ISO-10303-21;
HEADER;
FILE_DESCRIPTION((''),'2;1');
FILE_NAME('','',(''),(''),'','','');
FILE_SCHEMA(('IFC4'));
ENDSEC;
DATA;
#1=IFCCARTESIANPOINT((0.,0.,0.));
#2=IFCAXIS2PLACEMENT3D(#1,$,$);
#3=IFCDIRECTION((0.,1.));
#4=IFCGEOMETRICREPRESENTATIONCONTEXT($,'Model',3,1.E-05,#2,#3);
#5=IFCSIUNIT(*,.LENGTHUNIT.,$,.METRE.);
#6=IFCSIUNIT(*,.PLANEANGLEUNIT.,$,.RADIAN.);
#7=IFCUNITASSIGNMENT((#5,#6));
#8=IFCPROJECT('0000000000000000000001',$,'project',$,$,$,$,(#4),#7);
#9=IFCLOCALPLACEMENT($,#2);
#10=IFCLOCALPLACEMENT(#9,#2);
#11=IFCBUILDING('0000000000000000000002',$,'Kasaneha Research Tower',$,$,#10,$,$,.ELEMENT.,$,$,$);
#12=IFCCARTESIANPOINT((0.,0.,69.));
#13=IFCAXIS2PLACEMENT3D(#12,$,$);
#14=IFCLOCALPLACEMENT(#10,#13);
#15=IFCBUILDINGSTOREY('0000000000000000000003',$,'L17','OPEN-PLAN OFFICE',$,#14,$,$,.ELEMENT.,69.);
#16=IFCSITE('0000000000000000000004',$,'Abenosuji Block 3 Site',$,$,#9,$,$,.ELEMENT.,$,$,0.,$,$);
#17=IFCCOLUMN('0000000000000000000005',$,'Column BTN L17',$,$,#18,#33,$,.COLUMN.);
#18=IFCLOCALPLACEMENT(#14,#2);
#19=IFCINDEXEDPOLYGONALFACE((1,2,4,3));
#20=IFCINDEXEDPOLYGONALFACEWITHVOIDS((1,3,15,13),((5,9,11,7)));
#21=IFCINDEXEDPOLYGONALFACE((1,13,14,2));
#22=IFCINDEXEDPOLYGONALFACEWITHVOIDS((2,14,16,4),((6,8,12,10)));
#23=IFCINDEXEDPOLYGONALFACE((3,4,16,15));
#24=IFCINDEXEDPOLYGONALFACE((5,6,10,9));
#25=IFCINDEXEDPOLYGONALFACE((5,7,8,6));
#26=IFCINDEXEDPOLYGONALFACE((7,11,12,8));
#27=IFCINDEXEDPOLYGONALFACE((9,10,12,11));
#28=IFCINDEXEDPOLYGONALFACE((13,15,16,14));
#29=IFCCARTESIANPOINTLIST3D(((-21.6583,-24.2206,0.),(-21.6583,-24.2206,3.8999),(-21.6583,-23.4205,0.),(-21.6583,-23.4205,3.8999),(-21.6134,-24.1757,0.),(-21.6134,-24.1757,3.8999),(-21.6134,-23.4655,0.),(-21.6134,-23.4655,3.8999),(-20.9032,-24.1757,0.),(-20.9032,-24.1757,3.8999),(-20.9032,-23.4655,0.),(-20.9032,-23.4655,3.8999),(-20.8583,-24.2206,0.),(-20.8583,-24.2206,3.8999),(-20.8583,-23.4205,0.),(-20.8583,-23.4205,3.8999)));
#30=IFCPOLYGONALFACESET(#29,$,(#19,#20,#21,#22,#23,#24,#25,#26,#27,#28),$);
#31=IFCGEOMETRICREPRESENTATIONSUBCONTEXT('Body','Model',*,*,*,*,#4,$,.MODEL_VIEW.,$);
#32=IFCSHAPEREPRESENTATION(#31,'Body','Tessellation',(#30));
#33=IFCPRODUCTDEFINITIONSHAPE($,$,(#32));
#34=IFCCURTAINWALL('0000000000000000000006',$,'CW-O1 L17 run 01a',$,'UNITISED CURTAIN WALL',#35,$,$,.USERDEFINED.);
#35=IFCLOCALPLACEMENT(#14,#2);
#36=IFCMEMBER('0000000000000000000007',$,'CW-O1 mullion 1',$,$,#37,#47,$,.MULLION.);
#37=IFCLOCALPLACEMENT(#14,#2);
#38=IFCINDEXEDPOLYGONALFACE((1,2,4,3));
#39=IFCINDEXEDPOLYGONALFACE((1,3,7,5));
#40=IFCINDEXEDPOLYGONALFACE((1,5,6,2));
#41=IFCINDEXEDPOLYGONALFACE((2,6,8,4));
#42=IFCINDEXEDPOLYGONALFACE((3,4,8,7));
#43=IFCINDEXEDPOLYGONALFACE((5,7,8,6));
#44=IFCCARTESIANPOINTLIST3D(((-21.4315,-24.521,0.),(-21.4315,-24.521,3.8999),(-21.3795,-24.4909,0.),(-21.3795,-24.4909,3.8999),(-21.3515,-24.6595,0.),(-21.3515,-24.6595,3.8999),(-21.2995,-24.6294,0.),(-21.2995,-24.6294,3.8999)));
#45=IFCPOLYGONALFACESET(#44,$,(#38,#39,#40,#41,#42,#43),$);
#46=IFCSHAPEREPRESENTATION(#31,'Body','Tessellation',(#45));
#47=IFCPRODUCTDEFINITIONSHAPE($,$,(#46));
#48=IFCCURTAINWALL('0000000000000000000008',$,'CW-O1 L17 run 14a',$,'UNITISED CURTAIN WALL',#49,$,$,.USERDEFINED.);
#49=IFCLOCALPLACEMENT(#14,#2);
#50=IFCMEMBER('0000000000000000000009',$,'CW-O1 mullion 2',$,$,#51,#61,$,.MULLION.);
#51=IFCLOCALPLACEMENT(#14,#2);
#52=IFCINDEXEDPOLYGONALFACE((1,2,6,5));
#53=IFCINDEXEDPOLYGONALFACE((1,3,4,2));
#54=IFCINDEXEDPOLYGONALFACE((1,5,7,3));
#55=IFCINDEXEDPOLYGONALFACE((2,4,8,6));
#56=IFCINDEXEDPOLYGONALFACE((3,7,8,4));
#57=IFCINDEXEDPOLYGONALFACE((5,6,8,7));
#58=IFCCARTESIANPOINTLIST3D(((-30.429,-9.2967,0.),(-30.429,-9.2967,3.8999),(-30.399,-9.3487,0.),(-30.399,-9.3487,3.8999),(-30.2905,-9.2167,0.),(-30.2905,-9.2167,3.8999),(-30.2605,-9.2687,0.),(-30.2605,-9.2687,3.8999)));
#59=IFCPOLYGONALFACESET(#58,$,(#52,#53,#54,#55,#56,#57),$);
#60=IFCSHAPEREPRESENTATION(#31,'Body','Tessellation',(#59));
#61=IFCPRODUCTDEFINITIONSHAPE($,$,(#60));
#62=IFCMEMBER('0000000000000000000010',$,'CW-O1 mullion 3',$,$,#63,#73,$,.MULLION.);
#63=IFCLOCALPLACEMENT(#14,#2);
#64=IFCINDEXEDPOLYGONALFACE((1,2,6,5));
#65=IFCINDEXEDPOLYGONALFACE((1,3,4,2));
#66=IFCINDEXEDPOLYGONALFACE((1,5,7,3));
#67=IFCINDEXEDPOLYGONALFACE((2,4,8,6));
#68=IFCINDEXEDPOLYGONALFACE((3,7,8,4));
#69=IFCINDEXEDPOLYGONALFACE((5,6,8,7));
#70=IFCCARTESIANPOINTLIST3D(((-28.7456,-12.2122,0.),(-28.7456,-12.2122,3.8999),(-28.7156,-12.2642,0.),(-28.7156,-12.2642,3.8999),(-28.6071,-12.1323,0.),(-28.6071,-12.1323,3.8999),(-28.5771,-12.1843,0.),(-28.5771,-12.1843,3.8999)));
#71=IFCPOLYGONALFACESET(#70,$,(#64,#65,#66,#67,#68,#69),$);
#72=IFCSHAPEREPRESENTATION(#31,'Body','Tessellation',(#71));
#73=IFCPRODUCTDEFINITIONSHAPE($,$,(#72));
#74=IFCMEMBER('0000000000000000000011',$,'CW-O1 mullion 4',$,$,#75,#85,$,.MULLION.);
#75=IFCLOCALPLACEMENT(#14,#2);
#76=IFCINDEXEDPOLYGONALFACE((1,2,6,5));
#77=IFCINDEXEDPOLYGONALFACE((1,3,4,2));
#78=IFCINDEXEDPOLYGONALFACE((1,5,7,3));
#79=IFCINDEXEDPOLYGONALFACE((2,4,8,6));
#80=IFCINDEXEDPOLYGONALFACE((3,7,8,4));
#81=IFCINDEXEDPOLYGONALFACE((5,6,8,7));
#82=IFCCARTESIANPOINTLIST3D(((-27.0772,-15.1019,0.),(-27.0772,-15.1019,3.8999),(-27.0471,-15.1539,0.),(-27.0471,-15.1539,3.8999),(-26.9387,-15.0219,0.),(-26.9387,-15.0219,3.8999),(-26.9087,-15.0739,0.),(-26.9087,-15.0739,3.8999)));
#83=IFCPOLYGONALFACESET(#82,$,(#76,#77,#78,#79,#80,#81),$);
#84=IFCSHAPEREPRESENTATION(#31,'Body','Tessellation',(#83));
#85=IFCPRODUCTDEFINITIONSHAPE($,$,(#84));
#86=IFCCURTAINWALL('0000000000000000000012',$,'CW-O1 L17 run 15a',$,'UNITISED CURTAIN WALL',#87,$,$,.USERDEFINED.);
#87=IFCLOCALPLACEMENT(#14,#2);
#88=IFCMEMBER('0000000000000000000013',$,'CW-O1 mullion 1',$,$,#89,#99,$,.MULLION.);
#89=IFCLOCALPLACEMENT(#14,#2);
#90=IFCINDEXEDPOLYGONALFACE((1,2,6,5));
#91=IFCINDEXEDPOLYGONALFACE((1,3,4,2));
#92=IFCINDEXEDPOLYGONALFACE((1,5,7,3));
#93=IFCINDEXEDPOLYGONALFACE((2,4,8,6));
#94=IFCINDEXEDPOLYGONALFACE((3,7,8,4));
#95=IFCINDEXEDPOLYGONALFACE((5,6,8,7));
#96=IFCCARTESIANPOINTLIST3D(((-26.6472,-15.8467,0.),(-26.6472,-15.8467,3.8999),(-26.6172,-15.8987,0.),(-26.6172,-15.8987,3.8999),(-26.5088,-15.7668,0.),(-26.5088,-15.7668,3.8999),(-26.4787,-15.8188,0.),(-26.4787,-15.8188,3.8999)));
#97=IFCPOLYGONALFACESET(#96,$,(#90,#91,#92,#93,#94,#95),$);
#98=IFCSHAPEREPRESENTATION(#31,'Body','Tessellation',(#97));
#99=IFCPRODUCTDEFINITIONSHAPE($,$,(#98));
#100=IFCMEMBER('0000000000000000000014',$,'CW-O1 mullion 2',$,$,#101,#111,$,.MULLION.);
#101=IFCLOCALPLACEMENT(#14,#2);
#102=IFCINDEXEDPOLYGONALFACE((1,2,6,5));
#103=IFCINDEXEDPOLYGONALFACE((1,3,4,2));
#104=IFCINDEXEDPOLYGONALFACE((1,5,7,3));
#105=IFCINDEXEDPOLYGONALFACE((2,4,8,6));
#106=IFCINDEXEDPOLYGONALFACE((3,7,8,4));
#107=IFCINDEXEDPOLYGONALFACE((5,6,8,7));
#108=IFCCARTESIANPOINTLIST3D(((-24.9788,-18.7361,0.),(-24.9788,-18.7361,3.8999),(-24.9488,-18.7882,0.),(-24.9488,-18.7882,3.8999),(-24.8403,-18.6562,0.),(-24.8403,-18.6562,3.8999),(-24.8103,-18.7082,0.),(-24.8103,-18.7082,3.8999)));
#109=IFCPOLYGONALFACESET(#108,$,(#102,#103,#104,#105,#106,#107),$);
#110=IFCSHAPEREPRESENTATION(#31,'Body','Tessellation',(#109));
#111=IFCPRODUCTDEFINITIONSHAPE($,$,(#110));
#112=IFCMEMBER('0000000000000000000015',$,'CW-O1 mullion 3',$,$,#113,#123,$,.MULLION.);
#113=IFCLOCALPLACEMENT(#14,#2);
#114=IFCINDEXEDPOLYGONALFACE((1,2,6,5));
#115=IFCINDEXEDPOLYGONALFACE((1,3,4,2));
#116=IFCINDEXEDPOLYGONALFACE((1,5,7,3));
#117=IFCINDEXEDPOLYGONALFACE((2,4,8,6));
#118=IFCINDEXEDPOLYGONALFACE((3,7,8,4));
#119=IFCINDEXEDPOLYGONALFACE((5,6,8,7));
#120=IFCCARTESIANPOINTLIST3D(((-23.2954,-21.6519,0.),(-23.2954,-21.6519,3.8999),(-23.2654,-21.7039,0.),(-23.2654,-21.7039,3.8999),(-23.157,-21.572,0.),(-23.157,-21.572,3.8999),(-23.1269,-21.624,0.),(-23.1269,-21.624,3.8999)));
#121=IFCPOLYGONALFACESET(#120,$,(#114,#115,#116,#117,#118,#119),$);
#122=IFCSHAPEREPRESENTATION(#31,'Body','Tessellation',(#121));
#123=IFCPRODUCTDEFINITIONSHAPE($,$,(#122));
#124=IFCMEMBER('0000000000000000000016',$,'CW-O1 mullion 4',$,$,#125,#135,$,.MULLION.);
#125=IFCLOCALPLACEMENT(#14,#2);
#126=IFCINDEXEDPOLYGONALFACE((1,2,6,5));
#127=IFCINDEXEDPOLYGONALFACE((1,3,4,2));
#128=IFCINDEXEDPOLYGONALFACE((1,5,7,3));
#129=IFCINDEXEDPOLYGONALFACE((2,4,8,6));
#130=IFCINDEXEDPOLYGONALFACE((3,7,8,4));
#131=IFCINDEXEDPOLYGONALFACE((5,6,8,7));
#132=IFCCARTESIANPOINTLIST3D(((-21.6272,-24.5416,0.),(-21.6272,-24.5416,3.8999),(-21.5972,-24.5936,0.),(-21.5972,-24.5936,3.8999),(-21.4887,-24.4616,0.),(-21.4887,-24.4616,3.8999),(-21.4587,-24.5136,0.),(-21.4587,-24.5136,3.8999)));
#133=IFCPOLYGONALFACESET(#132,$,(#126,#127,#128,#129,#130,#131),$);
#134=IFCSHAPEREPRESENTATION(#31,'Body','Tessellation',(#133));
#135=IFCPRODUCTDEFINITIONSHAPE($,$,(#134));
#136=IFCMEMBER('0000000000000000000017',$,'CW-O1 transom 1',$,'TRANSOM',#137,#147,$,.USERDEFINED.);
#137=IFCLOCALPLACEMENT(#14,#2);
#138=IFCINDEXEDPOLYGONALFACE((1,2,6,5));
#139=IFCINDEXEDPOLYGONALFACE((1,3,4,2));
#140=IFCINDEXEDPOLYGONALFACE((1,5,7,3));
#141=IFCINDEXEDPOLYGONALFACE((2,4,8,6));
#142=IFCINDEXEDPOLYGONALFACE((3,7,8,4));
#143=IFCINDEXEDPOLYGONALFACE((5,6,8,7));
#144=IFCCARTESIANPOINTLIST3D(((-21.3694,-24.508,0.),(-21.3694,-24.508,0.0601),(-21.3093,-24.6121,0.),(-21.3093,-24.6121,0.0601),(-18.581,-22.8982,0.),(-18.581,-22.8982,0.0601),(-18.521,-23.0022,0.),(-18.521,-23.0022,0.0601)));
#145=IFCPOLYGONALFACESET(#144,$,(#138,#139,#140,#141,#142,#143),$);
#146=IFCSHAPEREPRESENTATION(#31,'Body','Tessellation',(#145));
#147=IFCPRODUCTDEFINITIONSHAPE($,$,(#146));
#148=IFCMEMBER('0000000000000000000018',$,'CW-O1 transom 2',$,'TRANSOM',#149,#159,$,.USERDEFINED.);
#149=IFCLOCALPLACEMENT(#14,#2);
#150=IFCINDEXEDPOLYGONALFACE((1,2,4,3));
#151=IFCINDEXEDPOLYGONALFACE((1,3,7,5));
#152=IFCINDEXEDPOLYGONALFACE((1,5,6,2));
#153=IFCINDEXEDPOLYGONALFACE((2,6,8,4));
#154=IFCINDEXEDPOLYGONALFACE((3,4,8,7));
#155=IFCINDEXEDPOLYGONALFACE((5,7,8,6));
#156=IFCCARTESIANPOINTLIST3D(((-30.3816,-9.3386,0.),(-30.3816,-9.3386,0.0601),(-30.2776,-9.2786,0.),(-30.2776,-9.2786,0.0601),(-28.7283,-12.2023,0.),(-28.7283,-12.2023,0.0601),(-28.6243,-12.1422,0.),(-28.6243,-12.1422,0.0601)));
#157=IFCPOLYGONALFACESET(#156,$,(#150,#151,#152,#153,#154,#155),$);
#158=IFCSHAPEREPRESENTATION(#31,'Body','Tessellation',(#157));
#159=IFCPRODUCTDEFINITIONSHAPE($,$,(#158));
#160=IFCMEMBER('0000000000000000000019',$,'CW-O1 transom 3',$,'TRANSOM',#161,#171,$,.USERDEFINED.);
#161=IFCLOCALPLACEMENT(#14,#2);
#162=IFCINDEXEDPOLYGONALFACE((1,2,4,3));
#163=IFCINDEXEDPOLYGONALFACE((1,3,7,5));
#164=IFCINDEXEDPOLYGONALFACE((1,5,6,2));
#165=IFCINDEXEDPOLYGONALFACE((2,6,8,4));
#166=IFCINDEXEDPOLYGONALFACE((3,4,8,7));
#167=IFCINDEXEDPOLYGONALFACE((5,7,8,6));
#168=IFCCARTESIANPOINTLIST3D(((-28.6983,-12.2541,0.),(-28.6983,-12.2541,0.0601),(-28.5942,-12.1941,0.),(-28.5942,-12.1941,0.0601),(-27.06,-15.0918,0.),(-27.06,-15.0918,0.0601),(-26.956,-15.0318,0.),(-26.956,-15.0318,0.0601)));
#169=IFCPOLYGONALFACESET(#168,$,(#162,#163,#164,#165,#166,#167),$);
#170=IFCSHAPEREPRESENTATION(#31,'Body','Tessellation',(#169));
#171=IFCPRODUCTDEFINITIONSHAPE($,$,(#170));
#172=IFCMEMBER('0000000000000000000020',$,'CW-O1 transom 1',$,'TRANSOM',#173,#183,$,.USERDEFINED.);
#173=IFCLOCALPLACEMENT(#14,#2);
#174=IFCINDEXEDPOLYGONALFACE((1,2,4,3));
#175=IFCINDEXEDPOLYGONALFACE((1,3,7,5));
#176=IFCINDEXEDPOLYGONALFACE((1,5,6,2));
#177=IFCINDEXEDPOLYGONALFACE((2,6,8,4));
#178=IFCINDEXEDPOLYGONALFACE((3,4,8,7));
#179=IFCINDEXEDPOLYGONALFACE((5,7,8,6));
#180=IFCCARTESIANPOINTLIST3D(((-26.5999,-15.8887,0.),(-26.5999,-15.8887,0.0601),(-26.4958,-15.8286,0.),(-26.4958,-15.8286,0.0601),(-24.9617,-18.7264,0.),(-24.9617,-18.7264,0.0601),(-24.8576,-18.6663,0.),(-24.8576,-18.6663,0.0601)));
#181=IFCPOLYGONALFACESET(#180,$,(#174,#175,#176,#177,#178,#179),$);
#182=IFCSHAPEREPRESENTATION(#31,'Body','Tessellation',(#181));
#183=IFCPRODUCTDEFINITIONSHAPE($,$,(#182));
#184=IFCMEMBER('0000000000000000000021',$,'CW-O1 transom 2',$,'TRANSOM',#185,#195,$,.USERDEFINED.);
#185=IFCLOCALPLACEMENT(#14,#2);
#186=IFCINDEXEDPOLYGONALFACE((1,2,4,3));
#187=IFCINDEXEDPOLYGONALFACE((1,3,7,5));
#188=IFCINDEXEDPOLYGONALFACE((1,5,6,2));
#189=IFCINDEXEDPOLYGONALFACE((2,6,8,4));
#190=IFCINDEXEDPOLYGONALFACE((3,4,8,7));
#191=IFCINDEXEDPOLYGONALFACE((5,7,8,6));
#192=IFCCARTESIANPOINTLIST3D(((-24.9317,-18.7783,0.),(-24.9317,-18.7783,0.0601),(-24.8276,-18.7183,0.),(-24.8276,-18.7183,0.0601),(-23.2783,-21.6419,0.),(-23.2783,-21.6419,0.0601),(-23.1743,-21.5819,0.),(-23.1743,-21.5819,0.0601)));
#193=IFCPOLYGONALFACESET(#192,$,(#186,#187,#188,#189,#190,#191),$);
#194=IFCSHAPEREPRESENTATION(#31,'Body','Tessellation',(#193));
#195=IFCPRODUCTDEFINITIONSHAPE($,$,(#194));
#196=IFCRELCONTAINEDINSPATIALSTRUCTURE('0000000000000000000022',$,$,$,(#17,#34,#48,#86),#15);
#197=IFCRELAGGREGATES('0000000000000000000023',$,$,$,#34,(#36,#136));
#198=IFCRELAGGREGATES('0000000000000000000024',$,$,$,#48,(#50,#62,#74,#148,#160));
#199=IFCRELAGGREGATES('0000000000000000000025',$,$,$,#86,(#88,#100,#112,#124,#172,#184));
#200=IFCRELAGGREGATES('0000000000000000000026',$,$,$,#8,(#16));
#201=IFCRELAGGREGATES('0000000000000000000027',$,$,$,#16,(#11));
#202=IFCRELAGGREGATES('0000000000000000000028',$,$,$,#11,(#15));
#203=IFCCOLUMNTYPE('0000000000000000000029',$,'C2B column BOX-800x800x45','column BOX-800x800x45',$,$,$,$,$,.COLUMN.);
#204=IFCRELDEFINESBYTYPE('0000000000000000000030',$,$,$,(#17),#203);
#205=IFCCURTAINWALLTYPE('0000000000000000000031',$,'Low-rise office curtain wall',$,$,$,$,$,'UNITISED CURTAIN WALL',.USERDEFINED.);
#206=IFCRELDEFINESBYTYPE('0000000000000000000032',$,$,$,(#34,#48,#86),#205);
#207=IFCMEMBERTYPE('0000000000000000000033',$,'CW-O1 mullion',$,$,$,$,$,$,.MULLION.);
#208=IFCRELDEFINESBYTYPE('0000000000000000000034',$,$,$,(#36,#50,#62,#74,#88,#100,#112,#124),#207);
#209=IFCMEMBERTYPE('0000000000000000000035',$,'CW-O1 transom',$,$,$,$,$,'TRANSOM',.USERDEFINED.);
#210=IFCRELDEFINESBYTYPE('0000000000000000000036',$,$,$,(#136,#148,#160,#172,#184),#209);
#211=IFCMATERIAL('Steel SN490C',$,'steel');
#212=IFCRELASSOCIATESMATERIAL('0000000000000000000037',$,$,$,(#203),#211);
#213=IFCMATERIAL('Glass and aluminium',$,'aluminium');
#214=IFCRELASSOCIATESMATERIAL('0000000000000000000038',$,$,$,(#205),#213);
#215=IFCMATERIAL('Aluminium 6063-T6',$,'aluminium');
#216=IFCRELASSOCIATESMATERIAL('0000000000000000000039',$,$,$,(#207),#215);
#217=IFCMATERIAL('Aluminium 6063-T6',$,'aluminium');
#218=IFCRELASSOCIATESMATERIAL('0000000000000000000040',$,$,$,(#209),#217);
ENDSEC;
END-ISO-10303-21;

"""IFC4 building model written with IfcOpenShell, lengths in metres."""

from ifc_helpers import new_model, si_unit, direction, frame, origin, origin_2d, place, context, subcontext, project, spatial, rectangle, hollow_rectangle, extrude, material, material_profile, profile_set, type_object, element, aggregate, save


model = new_model("IFC4")

# Units and contexts
model_context = context("Model", 3, precision=1e-05, world=origin(), true_north=direction((0.0, 1.0)))
body_context = subcontext(model_context, "Body", "Model", "MODEL_VIEW")
ifc_project = project(units=[si_unit("LENGTHUNIT", "METRE"), si_unit("PLANEANGLEUNIT", "RADIAN")], contexts=[model_context])

# Site, building, storey
site_placement = place(None, origin())
site = spatial("IfcSite", under=ifc_project, at=site_placement, Name="Abenosuji Block 3 Site", CompositionType="ELEMENT", RefElevation=0.0)
building_placement = place(site_placement, origin())
building = spatial("IfcBuilding", under=site, at=building_placement, Name="Kasaneha Research Tower", CompositionType="ELEMENT")
storey_placement = place(building_placement, frame((0.0, 0.0, 69.0)))
storey = spatial("IfcBuildingStorey", under=building, at=storey_placement, Name="L17", Description="OPEN-PLAN OFFICE", CompositionType="ELEMENT", Elevation=69.0)

# Column
ifc_material_1 = material(Name="Steel SN490C", Category="steel")
ifc_material_profile_1 = material_profile(ifc_material_1, hollow_rectangle(XDim=0.8, YDim=0.8, WallThickness=0.0449, at=origin_2d()), Name="BOX-800x800x45")
ifc_profile_set_1 = profile_set([ifc_material_profile_1], Name="Steel SN490C")
column_type = type_object("IfcColumnType", Name="C2B column BOX-800x800x45", Description="column BOX-800x800x45", PredefinedType="COLUMN", material=ifc_profile_set_1)
column_placement = place(storey_placement, frame((-21.2583, -23.8206, 0.0), z_axis=(0.0, 0.0, 1.0), x_axis=(1.0, 0.0, 0.0)))
element("IfcColumn", 1, at=column_placement, inside=storey, type_object=column_type, Name="Column BTN L17", PredefinedType="COLUMN", context=body_context, shape_type="SweptSolid", body=[
    extrude(hollow_rectangle(XDim=0.8, YDim=0.8, WallThickness=0.0449, at=origin_2d()), origin(), (0.0, 0.0, 1.0), 3.8999),
])

# Curtain wall, member
ifc_material_2 = material(Name="Glass and aluminium", Category="aluminium")
curtain_wall_type = type_object("IfcCurtainWallType", Name="Low-rise office curtain wall", ElementType="UNITISED CURTAIN WALL", PredefinedType="USERDEFINED", material=ifc_material_2)
curtain_wall_1_placement = place(storey_placement, origin())
curtain_wall_1 = element("IfcCurtainWall", 2, at=curtain_wall_1_placement, inside=storey, type_object=curtain_wall_type, Name="CW-O1 L17 run 01a", ObjectType="UNITISED CURTAIN WALL", PredefinedType="USERDEFINED")
ifc_material_3 = material(Name="Aluminium 6063-T6", Category="aluminium")
ifc_material_profile_2 = material_profile(ifc_material_3, rectangle(XDim=0.0601, YDim=0.1599, at=origin_2d()), Name="CW-O1 mullion 60x160")
ifc_profile_set_2 = profile_set([ifc_material_profile_2], Name="Aluminium 6063-T6")
member_type_1 = type_object("IfcMemberType", Name="CW-O1 mullion", PredefinedType="MULLION", material=ifc_profile_set_2)
member_1_placement = place(storey_placement, frame((-21.3655, -24.5752, 0.0), z_axis=(0.0, 0.0, 1.0), x_axis=(0.866025, 0.5, 0.0)))
member_1 = element("IfcMember", 3, at=member_1_placement, type_object=member_type_1, Name="CW-O1 mullion 1", PredefinedType="MULLION", context=body_context, shape_type="SweptSolid", body=[
    extrude(rectangle(XDim=0.0601, YDim=0.1599, at=origin_2d()), origin(), (0.0, 0.0, 1.0), 3.8999),
])

# Curtain walls, members
curtain_wall_2_placement = place(storey_placement, origin())
curtain_wall_2 = element("IfcCurtainWall", 4, at=curtain_wall_2_placement, inside=storey, type_object=curtain_wall_type, Name="CW-O1 L17 run 14a", ObjectType="UNITISED CURTAIN WALL", PredefinedType="USERDEFINED")
member_2_placement = place(storey_placement, frame((-30.3447, -9.2827, 0.0), z_axis=(0.0, 0.0, 1.0), x_axis=(0.5, -0.866025, 0.0)))
member_2 = element("IfcMember", 5, at=member_2_placement, type_object=member_type_1, Name="CW-O1 mullion 2", PredefinedType="MULLION", context=body_context, shape_type="SweptSolid", body=[
    extrude(rectangle(XDim=0.0601, YDim=0.1599, at=origin_2d()), origin(), (0.0, 0.0, 1.0), 3.8999),
])
member_3_placement = place(storey_placement, frame((-28.6614, -12.1982, 0.0), z_axis=(0.0, 0.0, 1.0), x_axis=(0.5, -0.866025, 0.0)))
member_3 = element("IfcMember", 6, at=member_3_placement, type_object=member_type_1, Name="CW-O1 mullion 3", PredefinedType="MULLION", context=body_context, shape_type="SweptSolid", body=[
    extrude(rectangle(XDim=0.0601, YDim=0.1599, at=origin_2d()), origin(), (0.0, 0.0, 1.0), 3.8999),
])
member_4_placement = place(storey_placement, frame((-26.9929, -15.0879, 0.0), z_axis=(0.0, 0.0, 1.0), x_axis=(0.5, -0.866025, 0.0)))
member_4 = element("IfcMember", 7, at=member_4_placement, type_object=member_type_1, Name="CW-O1 mullion 4", PredefinedType="MULLION", context=body_context, shape_type="SweptSolid", body=[
    extrude(rectangle(XDim=0.0601, YDim=0.1599, at=origin_2d()), origin(), (0.0, 0.0, 1.0), 3.8999),
])
curtain_wall_3_placement = place(storey_placement, origin())
curtain_wall_3 = element("IfcCurtainWall", 8, at=curtain_wall_3_placement, inside=storey, type_object=curtain_wall_type, Name="CW-O1 L17 run 15a", ObjectType="UNITISED CURTAIN WALL", PredefinedType="USERDEFINED")
member_5_placement = place(storey_placement, frame((-26.563, -15.8328, 0.0), z_axis=(0.0, 0.0, 1.0), x_axis=(0.5, -0.866025, 0.0)))
member_5 = element("IfcMember", 9, at=member_5_placement, type_object=member_type_1, Name="CW-O1 mullion 1", PredefinedType="MULLION", context=body_context, shape_type="SweptSolid", body=[
    extrude(rectangle(XDim=0.0601, YDim=0.1599, at=origin_2d()), origin(), (0.0, 0.0, 1.0), 3.8999),
])
member_6_placement = place(storey_placement, frame((-24.8945, -18.7222, 0.0), z_axis=(0.0, 0.0, 1.0), x_axis=(0.5, -0.866025, 0.0)))
member_6 = element("IfcMember", 10, at=member_6_placement, type_object=member_type_1, Name="CW-O1 mullion 2", PredefinedType="MULLION", context=body_context, shape_type="SweptSolid", body=[
    extrude(rectangle(XDim=0.0601, YDim=0.1599, at=origin_2d()), origin(), (0.0, 0.0, 1.0), 3.8999),
])
member_7_placement = place(storey_placement, frame((-23.2112, -21.6379, 0.0), z_axis=(0.0, 0.0, 1.0), x_axis=(0.5, -0.866025, 0.0)))
member_7 = element("IfcMember", 11, at=member_7_placement, type_object=member_type_1, Name="CW-O1 mullion 3", PredefinedType="MULLION", context=body_context, shape_type="SweptSolid", body=[
    extrude(rectangle(XDim=0.0601, YDim=0.1599, at=origin_2d()), origin(), (0.0, 0.0, 1.0), 3.8999),
])
member_8_placement = place(storey_placement, frame((-21.543, -24.5276, 0.0), z_axis=(0.0, 0.0, 1.0), x_axis=(0.5, -0.866025, 0.0)))
member_8 = element("IfcMember", 12, at=member_8_placement, type_object=member_type_1, Name="CW-O1 mullion 4", PredefinedType="MULLION", context=body_context, shape_type="SweptSolid", body=[
    extrude(rectangle(XDim=0.0601, YDim=0.1599, at=origin_2d()), origin(), (0.0, 0.0, 1.0), 3.8999),
])

# Members
ifc_material_4 = material(Name="Aluminium 6063-T6", Category="aluminium")
ifc_material_profile_3 = material_profile(ifc_material_4, rectangle(XDim=0.1201, YDim=0.0601, at=origin_2d()), Name="CW-O1 transom 120x60")
ifc_profile_set_3 = profile_set([ifc_material_profile_3], Name="Aluminium 6063-T6")
member_type_2 = type_object("IfcMemberType", Name="CW-O1 transom", ElementType="TRANSOM", PredefinedType="USERDEFINED", material=ifc_profile_set_3)
member_9_placement = place(storey_placement, frame((-21.3394, -24.5601, 0.03), z_axis=(0.866023, 0.500005, 0.0), x_axis=(-0.500005, 0.866023, 0.0)))
member_9 = element("IfcMember", 13, at=member_9_placement, type_object=member_type_2, Name="CW-O1 transom 1", ObjectType="TRANSOM", PredefinedType="USERDEFINED", context=body_context, shape_type="SweptSolid", body=[
    extrude(rectangle(XDim=0.1201, YDim=0.0601, at=origin_2d()), origin(), (0.0, 0.0, 1.0), 3.2197),
])
member_10_placement = place(storey_placement, frame((-30.3296, -9.3086, 0.03), z_axis=(0.499982, -0.866036, 0.0), x_axis=(0.866036, 0.499982, 0.0)))
member_10 = element("IfcMember", 14, at=member_10_placement, type_object=member_type_2, Name="CW-O1 transom 2", ObjectType="TRANSOM", PredefinedType="USERDEFINED", context=body_context, shape_type="SweptSolid", body=[
    extrude(rectangle(XDim=0.1201, YDim=0.0601, at=origin_2d()), origin(), (0.0, 0.0, 1.0), 3.3066),
])
member_11_placement = place(storey_placement, frame((-28.6462, -12.2241, 0.03), z_axis=(0.49997, -0.866043, 0.0), x_axis=(0.866043, 0.49997, 0.0)))
member_11 = element("IfcMember", 15, at=member_11_placement, type_object=member_type_2, Name="CW-O1 transom 3", ObjectType="TRANSOM", PredefinedType="USERDEFINED", context=body_context, shape_type="SweptSolid", body=[
    extrude(rectangle(XDim=0.1201, YDim=0.0601, at=origin_2d()), origin(), (0.0, 0.0, 1.0), 3.2766),
])
member_12_placement = place(storey_placement, frame((-26.5479, -15.8586, 0.03), z_axis=(0.49997, -0.866043, 0.0), x_axis=(0.866043, 0.49997, 0.0)))
member_12 = element("IfcMember", 16, at=member_12_placement, type_object=member_type_2, Name="CW-O1 transom 1", ObjectType="TRANSOM", PredefinedType="USERDEFINED", context=body_context, shape_type="SweptSolid", body=[
    extrude(rectangle(XDim=0.1201, YDim=0.0601, at=origin_2d()), origin(), (0.0, 0.0, 1.0), 3.2766),
])
member_13_placement = place(storey_placement, frame((-24.8796, -18.7483, 0.03), z_axis=(0.500014, -0.866017, 0.0), x_axis=(0.866017, 0.500014, 0.0)))
member_13 = element("IfcMember", 17, at=member_13_placement, type_object=member_type_2, Name="CW-O1 transom 2", ObjectType="TRANSOM", PredefinedType="USERDEFINED", context=body_context, shape_type="SweptSolid", body=[
    extrude(rectangle(XDim=0.1201, YDim=0.0601, at=origin_2d()), origin(), (0.0, 0.0, 1.0), 3.3066),
])

aggregate(curtain_wall_1, [member_1, member_9])
aggregate(curtain_wall_2, [member_2, member_3, member_4, member_10, member_11])
aggregate(curtain_wall_3, [member_5, member_6, member_7, member_8, member_12, member_13])

save(model, "model.ifc")
